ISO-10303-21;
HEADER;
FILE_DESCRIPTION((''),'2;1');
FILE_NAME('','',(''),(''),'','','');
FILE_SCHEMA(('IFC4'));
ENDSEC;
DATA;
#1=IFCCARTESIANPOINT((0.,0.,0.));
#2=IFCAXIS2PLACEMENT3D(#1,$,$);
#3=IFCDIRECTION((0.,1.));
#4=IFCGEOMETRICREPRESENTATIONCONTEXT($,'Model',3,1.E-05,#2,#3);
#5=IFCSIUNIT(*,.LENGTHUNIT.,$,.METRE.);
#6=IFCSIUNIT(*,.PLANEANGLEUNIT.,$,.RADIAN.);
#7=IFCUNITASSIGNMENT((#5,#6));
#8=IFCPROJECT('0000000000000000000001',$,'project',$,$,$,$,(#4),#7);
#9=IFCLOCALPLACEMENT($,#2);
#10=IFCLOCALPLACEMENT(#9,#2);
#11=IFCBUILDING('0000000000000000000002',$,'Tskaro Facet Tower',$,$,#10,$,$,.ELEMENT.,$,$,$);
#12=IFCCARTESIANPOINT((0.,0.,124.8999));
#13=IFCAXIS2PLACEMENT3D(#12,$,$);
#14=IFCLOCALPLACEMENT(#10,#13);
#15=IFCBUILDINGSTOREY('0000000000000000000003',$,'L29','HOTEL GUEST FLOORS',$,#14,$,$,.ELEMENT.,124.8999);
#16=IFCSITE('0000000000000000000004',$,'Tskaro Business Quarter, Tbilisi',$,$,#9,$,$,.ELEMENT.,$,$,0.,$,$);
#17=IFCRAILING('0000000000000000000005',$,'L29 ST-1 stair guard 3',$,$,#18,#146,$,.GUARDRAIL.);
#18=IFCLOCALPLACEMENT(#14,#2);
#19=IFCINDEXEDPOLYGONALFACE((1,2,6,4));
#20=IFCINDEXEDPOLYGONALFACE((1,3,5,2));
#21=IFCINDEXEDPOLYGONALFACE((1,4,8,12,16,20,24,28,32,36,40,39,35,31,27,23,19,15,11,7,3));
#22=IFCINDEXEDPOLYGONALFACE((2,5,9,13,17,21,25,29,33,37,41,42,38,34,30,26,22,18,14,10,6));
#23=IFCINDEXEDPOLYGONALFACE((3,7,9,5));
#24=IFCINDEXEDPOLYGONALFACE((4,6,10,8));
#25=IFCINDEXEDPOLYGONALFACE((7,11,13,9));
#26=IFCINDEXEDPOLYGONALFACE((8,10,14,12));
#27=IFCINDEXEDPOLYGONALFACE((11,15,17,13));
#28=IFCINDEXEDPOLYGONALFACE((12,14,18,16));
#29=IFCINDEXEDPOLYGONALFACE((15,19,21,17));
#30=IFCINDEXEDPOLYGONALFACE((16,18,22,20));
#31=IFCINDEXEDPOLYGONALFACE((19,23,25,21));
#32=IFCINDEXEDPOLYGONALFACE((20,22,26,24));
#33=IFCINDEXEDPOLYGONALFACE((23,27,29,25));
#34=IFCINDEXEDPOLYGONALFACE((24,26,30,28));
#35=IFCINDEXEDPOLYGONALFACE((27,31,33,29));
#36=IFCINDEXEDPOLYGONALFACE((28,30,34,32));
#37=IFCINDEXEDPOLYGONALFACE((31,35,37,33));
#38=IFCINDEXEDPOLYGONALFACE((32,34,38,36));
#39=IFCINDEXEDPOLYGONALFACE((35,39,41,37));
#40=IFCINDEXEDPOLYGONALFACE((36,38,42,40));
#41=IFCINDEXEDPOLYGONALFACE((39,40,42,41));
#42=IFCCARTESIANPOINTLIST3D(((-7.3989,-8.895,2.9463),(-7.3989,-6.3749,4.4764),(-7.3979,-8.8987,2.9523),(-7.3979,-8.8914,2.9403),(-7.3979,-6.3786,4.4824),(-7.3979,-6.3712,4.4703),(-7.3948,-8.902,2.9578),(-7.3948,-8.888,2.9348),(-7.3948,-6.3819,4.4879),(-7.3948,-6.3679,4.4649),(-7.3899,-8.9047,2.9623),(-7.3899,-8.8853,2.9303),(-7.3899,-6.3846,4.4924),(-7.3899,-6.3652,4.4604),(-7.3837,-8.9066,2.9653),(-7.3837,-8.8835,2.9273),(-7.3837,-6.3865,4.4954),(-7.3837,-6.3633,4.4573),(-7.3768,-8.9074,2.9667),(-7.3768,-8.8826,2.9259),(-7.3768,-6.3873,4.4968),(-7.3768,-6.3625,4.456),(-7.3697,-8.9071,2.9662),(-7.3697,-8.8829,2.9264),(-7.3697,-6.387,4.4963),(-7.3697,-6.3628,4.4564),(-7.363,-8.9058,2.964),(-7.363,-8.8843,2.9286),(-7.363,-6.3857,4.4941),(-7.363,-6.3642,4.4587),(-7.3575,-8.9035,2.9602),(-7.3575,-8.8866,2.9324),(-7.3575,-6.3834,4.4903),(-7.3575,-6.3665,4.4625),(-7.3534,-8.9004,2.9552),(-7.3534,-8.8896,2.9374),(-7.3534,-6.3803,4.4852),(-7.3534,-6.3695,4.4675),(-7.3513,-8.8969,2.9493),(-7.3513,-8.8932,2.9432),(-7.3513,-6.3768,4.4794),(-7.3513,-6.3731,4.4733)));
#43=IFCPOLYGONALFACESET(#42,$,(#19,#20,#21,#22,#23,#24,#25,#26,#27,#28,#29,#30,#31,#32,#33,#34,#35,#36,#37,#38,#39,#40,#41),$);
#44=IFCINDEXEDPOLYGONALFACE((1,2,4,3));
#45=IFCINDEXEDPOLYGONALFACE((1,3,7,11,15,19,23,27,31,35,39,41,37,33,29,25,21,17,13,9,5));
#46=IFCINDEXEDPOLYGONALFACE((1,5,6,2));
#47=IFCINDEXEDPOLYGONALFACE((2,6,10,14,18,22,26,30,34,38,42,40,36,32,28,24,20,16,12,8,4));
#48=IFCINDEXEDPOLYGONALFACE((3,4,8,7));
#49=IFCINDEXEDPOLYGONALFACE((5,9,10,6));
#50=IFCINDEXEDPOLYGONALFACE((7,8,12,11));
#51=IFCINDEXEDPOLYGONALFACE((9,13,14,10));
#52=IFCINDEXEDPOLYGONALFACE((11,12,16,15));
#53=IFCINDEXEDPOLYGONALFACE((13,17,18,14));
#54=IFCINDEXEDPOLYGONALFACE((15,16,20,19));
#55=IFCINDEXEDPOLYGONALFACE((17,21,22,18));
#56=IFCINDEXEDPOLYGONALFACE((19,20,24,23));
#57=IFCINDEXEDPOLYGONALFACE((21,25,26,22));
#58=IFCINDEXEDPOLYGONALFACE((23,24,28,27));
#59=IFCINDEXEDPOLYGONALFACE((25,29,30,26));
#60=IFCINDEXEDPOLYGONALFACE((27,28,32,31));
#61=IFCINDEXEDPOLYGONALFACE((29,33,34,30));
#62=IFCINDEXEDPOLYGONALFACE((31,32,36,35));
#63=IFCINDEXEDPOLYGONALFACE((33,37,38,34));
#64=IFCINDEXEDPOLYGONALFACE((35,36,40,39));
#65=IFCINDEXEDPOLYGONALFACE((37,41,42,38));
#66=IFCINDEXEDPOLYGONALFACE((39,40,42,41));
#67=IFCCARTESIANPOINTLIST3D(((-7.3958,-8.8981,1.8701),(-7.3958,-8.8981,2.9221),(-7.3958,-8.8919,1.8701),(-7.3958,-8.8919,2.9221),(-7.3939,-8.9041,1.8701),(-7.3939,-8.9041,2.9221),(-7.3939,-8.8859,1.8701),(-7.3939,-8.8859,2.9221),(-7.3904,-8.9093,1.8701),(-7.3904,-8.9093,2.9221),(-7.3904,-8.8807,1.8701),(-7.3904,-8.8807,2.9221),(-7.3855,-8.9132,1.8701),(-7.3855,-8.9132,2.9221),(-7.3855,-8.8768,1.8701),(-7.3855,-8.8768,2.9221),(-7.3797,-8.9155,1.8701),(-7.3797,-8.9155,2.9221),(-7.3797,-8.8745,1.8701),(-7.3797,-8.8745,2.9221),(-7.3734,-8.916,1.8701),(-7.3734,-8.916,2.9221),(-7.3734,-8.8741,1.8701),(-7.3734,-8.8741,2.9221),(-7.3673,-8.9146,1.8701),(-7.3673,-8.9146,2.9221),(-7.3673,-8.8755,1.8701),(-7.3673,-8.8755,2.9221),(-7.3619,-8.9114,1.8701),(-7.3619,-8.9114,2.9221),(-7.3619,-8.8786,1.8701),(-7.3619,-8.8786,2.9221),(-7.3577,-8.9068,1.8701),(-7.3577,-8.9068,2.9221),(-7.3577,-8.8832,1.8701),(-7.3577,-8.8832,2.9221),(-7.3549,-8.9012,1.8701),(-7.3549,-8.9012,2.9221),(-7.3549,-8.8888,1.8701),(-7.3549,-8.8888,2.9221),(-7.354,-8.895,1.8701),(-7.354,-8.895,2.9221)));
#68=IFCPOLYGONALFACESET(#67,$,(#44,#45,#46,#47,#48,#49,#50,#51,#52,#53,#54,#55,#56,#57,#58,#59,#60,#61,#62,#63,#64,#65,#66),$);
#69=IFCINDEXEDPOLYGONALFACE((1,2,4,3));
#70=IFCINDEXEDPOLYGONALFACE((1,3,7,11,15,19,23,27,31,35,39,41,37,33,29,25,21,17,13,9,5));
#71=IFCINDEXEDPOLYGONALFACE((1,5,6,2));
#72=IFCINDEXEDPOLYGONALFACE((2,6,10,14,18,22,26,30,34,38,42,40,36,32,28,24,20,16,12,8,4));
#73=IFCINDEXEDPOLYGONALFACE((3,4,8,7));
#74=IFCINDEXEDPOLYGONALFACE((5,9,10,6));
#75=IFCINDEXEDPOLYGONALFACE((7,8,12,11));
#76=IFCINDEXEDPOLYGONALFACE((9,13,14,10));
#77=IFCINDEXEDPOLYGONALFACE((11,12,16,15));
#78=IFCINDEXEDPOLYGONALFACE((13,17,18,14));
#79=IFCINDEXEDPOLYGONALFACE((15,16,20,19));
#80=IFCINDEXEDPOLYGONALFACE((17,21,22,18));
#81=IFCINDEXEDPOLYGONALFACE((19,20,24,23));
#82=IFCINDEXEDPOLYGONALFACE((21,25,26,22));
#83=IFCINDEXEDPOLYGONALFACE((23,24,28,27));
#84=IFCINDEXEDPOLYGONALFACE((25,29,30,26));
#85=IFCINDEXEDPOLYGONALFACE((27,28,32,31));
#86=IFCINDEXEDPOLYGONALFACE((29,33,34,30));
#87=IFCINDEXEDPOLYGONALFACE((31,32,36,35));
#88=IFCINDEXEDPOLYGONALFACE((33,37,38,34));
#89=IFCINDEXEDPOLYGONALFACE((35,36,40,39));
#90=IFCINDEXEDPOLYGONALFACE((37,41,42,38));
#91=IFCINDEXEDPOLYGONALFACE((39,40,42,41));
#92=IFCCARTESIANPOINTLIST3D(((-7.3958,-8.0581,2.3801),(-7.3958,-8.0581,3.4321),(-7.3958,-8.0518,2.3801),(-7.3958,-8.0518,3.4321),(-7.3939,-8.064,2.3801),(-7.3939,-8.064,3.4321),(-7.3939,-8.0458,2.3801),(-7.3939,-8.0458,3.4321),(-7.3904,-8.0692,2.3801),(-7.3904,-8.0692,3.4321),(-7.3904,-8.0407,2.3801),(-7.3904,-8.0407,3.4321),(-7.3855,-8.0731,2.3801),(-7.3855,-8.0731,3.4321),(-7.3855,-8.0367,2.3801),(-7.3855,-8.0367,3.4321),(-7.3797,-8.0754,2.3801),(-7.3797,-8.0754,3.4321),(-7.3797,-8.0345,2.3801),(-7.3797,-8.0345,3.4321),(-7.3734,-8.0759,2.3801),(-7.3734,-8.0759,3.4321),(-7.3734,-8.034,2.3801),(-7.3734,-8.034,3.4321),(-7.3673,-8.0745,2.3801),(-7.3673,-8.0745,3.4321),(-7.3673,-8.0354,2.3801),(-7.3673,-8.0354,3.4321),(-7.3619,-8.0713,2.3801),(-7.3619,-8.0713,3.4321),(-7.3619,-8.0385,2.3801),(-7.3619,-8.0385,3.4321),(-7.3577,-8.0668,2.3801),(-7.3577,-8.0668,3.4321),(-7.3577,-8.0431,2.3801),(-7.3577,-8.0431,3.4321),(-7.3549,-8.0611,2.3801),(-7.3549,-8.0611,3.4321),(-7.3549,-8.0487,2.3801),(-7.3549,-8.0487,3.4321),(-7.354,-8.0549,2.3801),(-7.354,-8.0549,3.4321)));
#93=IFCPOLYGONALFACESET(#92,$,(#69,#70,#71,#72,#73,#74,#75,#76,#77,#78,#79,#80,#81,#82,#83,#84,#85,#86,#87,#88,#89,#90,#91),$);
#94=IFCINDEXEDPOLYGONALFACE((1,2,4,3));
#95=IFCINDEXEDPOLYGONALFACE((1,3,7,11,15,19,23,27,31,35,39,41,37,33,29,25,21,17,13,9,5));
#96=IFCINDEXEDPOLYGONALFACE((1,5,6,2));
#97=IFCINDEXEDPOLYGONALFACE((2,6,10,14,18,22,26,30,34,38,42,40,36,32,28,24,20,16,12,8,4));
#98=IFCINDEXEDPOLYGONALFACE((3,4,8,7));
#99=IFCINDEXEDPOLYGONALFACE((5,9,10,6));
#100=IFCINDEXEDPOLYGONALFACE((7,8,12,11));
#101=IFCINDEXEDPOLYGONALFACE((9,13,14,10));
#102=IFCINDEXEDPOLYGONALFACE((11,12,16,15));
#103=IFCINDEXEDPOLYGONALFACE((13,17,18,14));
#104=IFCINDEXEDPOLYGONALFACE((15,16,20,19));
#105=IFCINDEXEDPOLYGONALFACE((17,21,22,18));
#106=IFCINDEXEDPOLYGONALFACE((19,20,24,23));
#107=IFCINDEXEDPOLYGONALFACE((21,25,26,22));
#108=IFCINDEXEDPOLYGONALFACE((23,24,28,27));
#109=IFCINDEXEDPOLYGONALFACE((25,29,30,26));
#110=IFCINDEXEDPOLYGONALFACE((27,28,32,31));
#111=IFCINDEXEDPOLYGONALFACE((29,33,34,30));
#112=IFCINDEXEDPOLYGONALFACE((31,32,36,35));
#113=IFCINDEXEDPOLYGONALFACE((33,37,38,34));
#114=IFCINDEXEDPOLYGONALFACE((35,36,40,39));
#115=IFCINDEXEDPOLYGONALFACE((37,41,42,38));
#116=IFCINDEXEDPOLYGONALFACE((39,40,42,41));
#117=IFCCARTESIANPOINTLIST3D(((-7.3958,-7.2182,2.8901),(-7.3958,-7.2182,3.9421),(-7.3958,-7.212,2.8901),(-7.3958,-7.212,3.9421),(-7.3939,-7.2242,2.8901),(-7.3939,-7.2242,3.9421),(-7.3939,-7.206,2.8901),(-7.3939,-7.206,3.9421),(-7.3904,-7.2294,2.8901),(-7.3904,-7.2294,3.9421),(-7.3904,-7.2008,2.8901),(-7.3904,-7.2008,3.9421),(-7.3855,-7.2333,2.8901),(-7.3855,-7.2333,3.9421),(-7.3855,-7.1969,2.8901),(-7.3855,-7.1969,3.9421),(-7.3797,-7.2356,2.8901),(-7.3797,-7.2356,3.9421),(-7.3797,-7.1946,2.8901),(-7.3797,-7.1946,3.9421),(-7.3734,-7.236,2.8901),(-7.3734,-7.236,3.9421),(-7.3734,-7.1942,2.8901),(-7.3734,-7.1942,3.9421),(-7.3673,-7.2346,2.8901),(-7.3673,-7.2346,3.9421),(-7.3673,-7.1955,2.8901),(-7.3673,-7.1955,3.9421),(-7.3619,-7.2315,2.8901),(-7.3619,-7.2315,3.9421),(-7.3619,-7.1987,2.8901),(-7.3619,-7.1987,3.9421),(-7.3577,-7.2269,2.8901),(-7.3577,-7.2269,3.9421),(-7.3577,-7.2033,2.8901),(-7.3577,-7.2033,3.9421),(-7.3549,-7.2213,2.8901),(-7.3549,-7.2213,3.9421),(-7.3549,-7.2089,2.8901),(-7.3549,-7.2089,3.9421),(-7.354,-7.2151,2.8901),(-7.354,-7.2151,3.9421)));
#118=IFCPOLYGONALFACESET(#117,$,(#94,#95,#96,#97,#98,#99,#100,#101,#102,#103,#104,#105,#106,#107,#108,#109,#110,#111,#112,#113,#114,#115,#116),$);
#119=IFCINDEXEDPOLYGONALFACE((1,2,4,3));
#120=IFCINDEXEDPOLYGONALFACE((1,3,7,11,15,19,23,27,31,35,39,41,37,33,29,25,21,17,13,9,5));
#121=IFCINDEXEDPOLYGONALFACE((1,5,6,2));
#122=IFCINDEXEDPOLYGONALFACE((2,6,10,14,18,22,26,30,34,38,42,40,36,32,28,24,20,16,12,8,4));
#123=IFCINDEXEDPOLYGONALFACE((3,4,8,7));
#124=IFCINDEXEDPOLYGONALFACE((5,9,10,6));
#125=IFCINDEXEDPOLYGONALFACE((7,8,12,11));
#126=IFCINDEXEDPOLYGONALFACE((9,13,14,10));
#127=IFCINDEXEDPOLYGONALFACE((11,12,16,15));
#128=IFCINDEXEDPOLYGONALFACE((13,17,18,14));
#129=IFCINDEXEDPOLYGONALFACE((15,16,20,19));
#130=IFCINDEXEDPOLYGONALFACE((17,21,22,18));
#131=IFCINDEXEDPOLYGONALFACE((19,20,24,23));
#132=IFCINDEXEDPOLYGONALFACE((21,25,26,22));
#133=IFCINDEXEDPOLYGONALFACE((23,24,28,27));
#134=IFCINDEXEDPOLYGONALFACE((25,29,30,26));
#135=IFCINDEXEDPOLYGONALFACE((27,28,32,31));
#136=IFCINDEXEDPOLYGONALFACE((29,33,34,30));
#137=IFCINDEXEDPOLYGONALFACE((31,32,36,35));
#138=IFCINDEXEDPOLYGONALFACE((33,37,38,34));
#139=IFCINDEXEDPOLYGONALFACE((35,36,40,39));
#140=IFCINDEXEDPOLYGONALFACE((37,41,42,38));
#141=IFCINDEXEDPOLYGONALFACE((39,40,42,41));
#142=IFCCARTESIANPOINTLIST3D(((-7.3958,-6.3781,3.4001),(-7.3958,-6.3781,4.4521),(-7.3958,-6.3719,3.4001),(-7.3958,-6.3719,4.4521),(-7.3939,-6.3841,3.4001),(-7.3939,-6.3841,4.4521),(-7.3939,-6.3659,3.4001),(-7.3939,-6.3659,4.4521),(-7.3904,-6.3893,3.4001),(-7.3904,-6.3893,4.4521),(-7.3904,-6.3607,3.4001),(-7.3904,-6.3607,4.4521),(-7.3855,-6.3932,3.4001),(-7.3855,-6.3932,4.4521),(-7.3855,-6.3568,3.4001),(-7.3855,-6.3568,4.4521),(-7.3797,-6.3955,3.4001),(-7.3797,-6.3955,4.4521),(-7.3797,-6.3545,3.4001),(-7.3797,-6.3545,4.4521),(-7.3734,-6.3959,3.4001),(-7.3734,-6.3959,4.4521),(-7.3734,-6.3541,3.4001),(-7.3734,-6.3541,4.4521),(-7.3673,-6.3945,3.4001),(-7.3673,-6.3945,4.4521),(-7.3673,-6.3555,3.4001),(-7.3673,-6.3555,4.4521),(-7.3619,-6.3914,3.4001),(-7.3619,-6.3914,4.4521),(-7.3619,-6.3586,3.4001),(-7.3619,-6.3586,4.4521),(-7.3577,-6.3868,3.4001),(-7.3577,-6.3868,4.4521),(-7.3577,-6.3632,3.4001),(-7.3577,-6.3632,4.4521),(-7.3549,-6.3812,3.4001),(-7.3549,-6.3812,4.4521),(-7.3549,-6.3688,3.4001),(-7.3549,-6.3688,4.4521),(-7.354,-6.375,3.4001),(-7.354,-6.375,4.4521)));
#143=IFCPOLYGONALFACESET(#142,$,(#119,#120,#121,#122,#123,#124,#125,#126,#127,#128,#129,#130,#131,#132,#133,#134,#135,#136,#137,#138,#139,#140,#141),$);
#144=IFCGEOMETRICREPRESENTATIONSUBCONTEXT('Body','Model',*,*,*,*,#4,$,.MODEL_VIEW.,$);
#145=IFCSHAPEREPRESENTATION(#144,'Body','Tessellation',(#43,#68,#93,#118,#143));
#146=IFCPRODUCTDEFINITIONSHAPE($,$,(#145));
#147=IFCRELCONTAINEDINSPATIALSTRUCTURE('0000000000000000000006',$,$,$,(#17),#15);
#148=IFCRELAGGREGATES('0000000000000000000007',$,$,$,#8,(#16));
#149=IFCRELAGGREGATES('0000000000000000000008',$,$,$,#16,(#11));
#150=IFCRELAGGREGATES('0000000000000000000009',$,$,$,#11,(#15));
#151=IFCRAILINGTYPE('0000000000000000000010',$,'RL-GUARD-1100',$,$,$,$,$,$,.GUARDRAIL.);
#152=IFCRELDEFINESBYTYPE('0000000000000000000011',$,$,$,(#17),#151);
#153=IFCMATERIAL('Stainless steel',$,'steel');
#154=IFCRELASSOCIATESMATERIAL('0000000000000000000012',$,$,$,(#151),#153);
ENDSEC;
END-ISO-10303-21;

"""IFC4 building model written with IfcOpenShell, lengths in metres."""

from ifc_helpers import new_model, si_unit, direction, frame, origin, origin_2d, place, context, subcontext, project, spatial, circle, extrude, material, type_object, element, save


model = new_model("IFC4")

# Units and contexts
model_context = context("Model", 3, precision=1e-05, world=origin(), true_north=direction((0.0, 1.0)))
body_context = subcontext(model_context, "Body", "Model", "MODEL_VIEW")
ifc_project = project(units=[si_unit("LENGTHUNIT", "METRE"), si_unit("PLANEANGLEUNIT", "RADIAN")], contexts=[model_context])

# Site, building, storey
site_placement = place(None, origin())
site = spatial("IfcSite", under=ifc_project, at=site_placement, Name="Tskaro Business Quarter, Tbilisi", CompositionType="ELEMENT", RefElevation=0.0)
building_placement = place(site_placement, origin())
building = spatial("IfcBuilding", under=site, at=building_placement, Name="Tskaro Facet Tower", CompositionType="ELEMENT")
storey_placement = place(building_placement, frame((0.0, 0.0, 124.8999)))
storey = spatial("IfcBuildingStorey", under=building, at=storey_placement, Name="L29", Description="HOTEL GUEST FLOORS", CompositionType="ELEMENT", Elevation=124.8999)

# Shared definitions
ifc_material_1 = material(Name="Stainless steel", Category="steel")

# Railing
railing_type_1 = type_object("IfcRailingType", Name="RL-GUARD-1100", PredefinedType="GUARDRAIL", material=ifc_material_1)
railing_1_placement = place(storey_placement, frame((-7.375, -8.895, 1.8701)))
element("IfcRailing", 1, at=railing_1_placement, inside=storey, type_object=railing_type_1, Name="L29 ST-1 stair guard 3", PredefinedType="GUARDRAIL", context=body_context, shape_type="SweptSolid", body=[
    extrude(circle(Radius=0.0239, at=origin_2d()), frame((0.0, 0.0, 1.0762), z_axis=(0.0, 0.854785, 0.518982), x_axis=(-1.0, 0.0, 0.0)), (0.0, 0.0, 1.0), 2.9482),
    extrude(circle(Radius=0.021, at=origin_2d()), origin(), (0.0, 0.0, 1.0), 1.052),
    extrude(circle(Radius=0.021, at=origin_2d()), frame((0.0, 0.8401, 0.51)), (0.0, 0.0, 1.0), 1.052),
    extrude(circle(Radius=0.021, at=origin_2d()), frame((0.0, 1.6799, 1.02)), (0.0, 0.0, 1.0), 1.052),
    extrude(circle(Radius=0.021, at=origin_2d()), frame((0.0, 2.52, 1.53)), (0.0, 0.0, 1.0), 1.052),
])

save(model, "model.ifc")
